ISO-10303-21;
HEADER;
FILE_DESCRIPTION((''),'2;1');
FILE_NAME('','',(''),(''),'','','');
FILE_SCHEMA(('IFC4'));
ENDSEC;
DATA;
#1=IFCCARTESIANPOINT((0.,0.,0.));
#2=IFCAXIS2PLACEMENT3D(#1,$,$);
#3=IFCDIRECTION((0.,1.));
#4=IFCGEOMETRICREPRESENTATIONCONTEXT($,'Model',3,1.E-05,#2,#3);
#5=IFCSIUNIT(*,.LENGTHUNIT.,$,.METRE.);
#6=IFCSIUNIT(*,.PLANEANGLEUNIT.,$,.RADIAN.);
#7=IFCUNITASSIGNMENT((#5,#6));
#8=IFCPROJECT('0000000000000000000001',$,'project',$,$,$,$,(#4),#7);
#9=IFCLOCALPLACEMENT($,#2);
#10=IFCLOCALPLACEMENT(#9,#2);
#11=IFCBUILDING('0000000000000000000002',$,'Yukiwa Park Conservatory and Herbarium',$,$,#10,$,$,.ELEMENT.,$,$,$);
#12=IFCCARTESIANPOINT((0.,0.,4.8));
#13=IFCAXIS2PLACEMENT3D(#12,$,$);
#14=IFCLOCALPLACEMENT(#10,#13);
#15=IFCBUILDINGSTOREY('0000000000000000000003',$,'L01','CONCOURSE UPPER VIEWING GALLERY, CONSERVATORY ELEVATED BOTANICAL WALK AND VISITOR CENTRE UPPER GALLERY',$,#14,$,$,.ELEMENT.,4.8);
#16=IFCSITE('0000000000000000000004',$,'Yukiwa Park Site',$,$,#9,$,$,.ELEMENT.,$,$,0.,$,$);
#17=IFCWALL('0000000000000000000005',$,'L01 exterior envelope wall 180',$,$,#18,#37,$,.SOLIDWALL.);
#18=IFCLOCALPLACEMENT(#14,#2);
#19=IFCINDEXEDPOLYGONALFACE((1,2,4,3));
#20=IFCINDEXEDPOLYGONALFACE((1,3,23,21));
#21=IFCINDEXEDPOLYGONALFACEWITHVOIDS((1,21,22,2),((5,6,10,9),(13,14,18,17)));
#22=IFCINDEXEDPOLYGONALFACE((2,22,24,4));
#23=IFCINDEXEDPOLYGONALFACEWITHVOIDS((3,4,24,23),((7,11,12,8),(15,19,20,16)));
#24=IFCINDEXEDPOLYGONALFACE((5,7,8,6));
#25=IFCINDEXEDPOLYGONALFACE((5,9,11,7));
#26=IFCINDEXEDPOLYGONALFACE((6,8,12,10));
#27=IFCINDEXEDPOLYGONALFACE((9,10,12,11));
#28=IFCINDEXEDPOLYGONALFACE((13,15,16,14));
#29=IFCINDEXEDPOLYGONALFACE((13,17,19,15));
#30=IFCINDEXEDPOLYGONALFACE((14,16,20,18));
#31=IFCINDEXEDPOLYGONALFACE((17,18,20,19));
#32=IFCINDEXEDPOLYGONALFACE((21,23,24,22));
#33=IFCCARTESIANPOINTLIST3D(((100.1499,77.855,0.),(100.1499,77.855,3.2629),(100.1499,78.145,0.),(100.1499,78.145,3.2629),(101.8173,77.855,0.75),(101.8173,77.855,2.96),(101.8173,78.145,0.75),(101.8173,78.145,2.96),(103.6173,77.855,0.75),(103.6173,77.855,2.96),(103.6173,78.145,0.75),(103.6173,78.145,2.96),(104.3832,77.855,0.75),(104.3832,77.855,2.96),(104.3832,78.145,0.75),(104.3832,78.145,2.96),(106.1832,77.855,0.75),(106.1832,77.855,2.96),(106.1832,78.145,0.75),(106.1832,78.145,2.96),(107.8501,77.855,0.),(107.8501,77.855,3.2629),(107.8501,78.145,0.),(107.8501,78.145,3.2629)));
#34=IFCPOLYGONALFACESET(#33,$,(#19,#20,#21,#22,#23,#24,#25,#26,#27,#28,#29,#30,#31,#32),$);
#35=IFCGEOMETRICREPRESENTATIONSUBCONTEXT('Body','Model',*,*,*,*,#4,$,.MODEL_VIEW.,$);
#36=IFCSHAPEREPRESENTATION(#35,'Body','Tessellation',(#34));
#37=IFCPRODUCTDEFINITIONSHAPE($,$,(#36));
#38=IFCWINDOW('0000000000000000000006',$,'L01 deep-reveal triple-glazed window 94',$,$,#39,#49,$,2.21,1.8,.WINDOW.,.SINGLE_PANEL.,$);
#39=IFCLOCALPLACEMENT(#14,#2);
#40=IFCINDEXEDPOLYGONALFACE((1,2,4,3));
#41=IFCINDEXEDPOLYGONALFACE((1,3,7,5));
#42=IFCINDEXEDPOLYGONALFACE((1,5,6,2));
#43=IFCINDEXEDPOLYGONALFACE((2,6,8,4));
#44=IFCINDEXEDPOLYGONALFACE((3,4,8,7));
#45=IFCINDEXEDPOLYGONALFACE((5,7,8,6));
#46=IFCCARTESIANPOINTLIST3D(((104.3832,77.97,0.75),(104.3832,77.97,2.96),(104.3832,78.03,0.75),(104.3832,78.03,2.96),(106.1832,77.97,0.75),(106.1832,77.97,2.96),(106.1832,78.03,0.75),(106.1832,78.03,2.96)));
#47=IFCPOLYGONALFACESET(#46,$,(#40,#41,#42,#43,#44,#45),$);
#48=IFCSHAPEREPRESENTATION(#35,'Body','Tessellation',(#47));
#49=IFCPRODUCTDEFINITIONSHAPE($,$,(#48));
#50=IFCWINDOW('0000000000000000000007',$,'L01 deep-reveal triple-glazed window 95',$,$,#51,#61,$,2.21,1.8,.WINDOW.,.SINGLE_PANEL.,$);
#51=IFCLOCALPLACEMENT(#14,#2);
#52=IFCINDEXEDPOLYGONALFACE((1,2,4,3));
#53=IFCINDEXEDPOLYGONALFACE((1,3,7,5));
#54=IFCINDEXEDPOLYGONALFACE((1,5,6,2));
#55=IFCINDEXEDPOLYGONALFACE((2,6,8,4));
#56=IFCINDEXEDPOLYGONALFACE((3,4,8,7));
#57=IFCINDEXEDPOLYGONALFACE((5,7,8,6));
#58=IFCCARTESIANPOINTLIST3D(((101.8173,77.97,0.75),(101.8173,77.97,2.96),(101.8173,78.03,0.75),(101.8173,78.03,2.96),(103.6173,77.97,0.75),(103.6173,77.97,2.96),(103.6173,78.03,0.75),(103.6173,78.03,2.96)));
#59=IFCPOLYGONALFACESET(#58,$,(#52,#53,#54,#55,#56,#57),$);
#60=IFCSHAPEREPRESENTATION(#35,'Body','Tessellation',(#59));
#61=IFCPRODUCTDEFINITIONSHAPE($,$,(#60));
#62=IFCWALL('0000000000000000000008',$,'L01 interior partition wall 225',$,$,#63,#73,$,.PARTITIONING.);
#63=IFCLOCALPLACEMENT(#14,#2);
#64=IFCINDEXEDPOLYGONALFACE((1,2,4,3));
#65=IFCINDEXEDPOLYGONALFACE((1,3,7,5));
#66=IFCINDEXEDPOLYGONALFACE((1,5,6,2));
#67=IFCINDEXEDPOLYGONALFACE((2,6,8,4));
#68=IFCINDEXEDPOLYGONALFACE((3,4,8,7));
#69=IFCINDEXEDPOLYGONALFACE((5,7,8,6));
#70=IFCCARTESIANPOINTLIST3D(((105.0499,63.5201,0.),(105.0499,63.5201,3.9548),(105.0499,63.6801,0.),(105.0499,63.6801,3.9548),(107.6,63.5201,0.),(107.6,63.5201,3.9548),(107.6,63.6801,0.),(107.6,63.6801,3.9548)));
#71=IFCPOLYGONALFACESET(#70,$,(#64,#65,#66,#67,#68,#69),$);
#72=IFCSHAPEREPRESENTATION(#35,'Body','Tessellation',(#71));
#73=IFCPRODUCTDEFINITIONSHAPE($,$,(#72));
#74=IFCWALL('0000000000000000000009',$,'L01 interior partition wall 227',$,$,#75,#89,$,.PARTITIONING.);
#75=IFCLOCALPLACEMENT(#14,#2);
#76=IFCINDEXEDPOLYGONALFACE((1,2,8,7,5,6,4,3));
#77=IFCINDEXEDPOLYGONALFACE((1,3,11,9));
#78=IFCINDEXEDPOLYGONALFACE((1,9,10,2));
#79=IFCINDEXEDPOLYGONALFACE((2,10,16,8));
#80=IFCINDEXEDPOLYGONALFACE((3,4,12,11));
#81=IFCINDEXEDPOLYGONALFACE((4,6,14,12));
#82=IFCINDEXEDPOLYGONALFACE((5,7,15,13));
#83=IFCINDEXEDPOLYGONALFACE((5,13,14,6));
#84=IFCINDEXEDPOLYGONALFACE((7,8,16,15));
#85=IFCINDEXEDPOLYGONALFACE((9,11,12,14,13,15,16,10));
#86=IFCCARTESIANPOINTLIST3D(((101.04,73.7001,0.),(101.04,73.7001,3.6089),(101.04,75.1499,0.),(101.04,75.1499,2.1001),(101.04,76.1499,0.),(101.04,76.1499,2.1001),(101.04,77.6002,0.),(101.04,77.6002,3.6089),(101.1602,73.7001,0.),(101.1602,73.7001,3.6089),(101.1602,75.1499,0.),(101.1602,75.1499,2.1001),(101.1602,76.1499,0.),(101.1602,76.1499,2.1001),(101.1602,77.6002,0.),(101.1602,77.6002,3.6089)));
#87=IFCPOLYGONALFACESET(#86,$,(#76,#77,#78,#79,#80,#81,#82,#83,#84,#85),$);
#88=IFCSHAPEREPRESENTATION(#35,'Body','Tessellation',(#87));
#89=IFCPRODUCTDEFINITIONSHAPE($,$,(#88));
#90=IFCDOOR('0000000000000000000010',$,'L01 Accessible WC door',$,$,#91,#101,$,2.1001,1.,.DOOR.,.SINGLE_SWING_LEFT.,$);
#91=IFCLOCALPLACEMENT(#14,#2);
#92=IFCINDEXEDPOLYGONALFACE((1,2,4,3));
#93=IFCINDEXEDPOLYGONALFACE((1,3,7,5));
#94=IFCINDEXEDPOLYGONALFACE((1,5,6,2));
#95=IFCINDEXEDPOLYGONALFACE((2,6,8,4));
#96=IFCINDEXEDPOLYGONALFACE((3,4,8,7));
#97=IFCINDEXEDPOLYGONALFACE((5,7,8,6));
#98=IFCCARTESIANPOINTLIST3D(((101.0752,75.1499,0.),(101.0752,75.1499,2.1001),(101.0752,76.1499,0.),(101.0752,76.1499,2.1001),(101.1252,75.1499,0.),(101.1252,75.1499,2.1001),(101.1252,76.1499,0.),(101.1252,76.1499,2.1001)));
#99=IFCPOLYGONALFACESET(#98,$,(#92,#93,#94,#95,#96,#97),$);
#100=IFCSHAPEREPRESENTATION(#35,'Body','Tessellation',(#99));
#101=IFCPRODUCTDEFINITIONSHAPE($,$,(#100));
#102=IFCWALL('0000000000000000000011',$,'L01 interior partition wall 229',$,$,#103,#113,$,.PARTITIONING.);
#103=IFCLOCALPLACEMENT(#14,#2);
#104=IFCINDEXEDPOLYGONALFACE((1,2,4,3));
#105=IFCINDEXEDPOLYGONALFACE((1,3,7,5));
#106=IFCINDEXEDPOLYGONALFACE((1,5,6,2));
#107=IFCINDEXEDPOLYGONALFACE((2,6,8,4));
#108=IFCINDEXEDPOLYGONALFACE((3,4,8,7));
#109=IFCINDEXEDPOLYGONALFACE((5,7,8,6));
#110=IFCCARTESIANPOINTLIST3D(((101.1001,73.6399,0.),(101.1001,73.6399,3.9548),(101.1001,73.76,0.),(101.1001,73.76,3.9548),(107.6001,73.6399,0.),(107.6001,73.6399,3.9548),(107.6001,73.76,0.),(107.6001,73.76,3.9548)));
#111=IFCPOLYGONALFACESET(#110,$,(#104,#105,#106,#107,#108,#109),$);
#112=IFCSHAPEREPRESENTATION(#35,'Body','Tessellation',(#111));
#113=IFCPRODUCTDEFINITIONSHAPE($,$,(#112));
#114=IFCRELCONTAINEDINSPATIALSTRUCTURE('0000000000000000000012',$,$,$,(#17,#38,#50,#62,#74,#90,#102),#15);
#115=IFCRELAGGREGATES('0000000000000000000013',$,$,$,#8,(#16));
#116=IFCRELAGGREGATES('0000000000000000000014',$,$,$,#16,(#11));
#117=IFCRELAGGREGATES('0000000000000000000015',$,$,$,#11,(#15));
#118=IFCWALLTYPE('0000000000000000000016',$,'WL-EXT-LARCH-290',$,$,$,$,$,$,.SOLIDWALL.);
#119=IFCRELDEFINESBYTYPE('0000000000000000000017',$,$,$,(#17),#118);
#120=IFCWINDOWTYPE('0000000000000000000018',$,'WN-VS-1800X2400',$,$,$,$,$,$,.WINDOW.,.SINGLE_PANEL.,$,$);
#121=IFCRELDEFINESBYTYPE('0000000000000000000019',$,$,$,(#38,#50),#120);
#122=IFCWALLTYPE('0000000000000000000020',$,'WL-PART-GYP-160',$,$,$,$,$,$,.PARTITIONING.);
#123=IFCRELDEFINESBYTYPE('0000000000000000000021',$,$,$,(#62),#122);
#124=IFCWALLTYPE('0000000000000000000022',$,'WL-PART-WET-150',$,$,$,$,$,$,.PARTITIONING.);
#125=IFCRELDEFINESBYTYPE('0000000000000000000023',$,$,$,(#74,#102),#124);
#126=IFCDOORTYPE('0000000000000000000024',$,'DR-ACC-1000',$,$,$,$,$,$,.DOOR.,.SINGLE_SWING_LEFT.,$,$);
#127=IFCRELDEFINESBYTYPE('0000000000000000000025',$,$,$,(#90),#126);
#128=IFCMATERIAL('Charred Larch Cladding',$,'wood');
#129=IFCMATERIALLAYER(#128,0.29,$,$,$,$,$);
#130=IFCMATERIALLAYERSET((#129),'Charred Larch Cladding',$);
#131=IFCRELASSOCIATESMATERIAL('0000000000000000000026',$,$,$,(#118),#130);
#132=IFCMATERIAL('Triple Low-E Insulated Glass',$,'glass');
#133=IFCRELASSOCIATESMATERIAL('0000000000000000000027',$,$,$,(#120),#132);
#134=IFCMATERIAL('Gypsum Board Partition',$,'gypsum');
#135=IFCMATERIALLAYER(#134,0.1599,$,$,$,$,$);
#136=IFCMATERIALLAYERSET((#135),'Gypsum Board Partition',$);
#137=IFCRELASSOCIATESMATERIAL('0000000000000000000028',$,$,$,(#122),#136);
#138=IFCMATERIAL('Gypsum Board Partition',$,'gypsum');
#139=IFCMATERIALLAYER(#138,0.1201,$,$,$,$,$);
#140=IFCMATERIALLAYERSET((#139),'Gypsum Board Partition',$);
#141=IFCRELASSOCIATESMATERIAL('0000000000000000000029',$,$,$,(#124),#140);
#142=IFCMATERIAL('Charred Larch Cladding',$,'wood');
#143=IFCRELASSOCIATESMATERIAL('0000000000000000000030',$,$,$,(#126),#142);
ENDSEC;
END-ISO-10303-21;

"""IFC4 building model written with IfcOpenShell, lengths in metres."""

from ifc_helpers import new_model, si_unit, direction, frame, frame_2d, origin, place, context, subcontext, project, spatial, rectangle, extrude, material, layer, layer_set, type_object, element, fill, save


model = new_model("IFC4")

# Units and contexts
model_context = context("Model", 3, precision=1e-05, world=origin(), true_north=direction((0.0, 1.0)))
body_context = subcontext(model_context, "Body", "Model", "MODEL_VIEW")
ifc_project = project(units=[si_unit("LENGTHUNIT", "METRE"), si_unit("PLANEANGLEUNIT", "RADIAN")], contexts=[model_context])

# Site, building, storey
site_placement = place(None, origin())
site = spatial("IfcSite", under=ifc_project, at=site_placement, Name="Yukiwa Park Site", CompositionType="ELEMENT", RefElevation=0.0)
building_placement = place(site_placement, origin())
building = spatial("IfcBuilding", under=site, at=building_placement, Name="Yukiwa Park Conservatory and Herbarium", CompositionType="ELEMENT")
storey_placement = place(building_placement, frame((0.0, 0.0, 4.8)))
storey = spatial("IfcBuildingStorey", under=building, at=storey_placement, Name="L01", Description="CONCOURSE UPPER VIEWING GALLERY, CONSERVATORY ELEVATED BOTANICAL WALK AND VISITOR CENTRE UPPER GALLERY", CompositionType="ELEMENT", Elevation=4.8)

# Shared definitions
ifc_material_1 = material(Name="Charred Larch Cladding", Category="wood")
ifc_layer_1 = layer(ifc_material_1, 0.29)
ifc_layer_set_1 = layer_set([ifc_layer_1], Name="Charred Larch Cladding")
wall_type_1 = type_object("IfcWallType", Name="WL-EXT-LARCH-290", PredefinedType="SOLIDWALL", material=ifc_layer_set_1)

# Wall, openings, windows
wall_1_placement = place(storey_placement, frame((107.8501, 78.0, 0.0), z_axis=(0.0, 0.0, 1.0), x_axis=(-1.0, 0.0, 0.0)))
wall_1 = element("IfcWall", 1, at=wall_1_placement, inside=storey, type_object=wall_type_1, Name="L01 exterior envelope wall 180", PredefinedType="SOLIDWALL", context=body_context, shape_type="SweptSolid", body=[
    extrude(rectangle(XDim=7.7002, YDim=0.29, at=frame_2d((3.8501, 0.0))), origin(), (0.0, 0.0, 1.0), 3.2629),
])
opening_1_placement = place(wall_1_placement, frame((1.667, 0.0, 0.75)))
opening_1 = element("IfcOpeningElement", 2, at=opening_1_placement, cuts=wall_1, PredefinedType="OPENING", context=body_context, shape_type="SweptSolid", body=[
    extrude(rectangle(XDim=1.8, YDim=2.21, at=frame_2d((0.8999, 1.105))), frame((0.0, 0.155, 0.0), z_axis=(0.0, -1.0, 0.0), x_axis=(1.0, 0.0, 0.0)), (0.0, 0.0, 1.0), 0.3101),
])
opening_2_placement = place(wall_1_placement, frame((4.2329, 0.0, 0.75)))
opening_2 = element("IfcOpeningElement", 3, at=opening_2_placement, cuts=wall_1, PredefinedType="OPENING", context=body_context, shape_type="SweptSolid", body=[
    extrude(rectangle(XDim=1.8, YDim=2.21, at=frame_2d((0.8999, 1.105))), frame((0.0, 0.155, 0.0), z_axis=(0.0, -1.0, 0.0), x_axis=(1.0, 0.0, 0.0)), (0.0, 0.0, 1.0), 0.3101),
])
ifc_material_2 = material(Name="Triple Low-E Insulated Glass", Category="glass")
window_type_1 = type_object("IfcWindowType", Name="WN-VS-1800X2400", PartitioningType="SINGLE_PANEL", PredefinedType="WINDOW", material=ifc_material_2)
window_1_placement = place(opening_1_placement, origin())
window_1 = element("IfcWindow", 4, at=window_1_placement, inside=storey, type_object=window_type_1, Name="L01 deep-reveal triple-glazed window 94", OverallHeight=2.21, OverallWidth=1.8, PartitioningType="SINGLE_PANEL", PredefinedType="WINDOW", context=body_context, shape_type="SweptSolid", body=[
    extrude(rectangle(XDim=1.8, YDim=2.21, at=frame_2d((0.8999, 1.105))), frame((0.0, 0.03, 0.0), z_axis=(0.0, -1.0, 0.0), x_axis=(1.0, 0.0, 0.0)), (0.0, 0.0, 1.0), 0.0601),
])
fill(opening_1, window_1)
window_2_placement = place(opening_2_placement, origin())
window_2 = element("IfcWindow", 5, at=window_2_placement, inside=storey, type_object=window_type_1, Name="L01 deep-reveal triple-glazed window 95", OverallHeight=2.21, OverallWidth=1.8, PartitioningType="SINGLE_PANEL", PredefinedType="WINDOW", context=body_context, shape_type="SweptSolid", body=[
    extrude(rectangle(XDim=1.8, YDim=2.21, at=frame_2d((0.8999, 1.105))), frame((0.0, 0.03, 0.0), z_axis=(0.0, -1.0, 0.0), x_axis=(1.0, 0.0, 0.0)), (0.0, 0.0, 1.0), 0.0601),
])
fill(opening_2, window_2)

# Wall
ifc_material_3 = material(Name="Gypsum Board Partition", Category="gypsum")
ifc_layer_2 = layer(ifc_material_3, 0.1599)
ifc_layer_set_2 = layer_set([ifc_layer_2], Name="Gypsum Board Partition")
wall_type_2 = type_object("IfcWallType", Name="WL-PART-GYP-160", PredefinedType="PARTITIONING", material=ifc_layer_set_2)
wall_2_placement = place(storey_placement, frame((105.05, 63.6001, 0.0), z_axis=(0.0, 0.0, 1.0), x_axis=(1.0, 0.0, 0.0)))
element("IfcWall", 6, at=wall_2_placement, inside=storey, type_object=wall_type_2, Name="L01 interior partition wall 225", PredefinedType="PARTITIONING", context=body_context, shape_type="SweptSolid", body=[
    extrude(rectangle(XDim=2.55, YDim=0.1599, at=frame_2d((1.2749, 0.0))), origin(), (0.0, 0.0, 1.0), 3.9548),
])

# Wall, opening, door
ifc_material_4 = material(Name="Gypsum Board Partition", Category="gypsum")
ifc_layer_3 = layer(ifc_material_4, 0.1201)
ifc_layer_set_3 = layer_set([ifc_layer_3], Name="Gypsum Board Partition")
wall_type_3 = type_object("IfcWallType", Name="WL-PART-WET-150", PredefinedType="PARTITIONING", material=ifc_layer_set_3)
wall_3_placement = place(storey_placement, frame((101.1001, 73.7, 0.0), z_axis=(0.0, 0.0, 1.0), x_axis=(0.0, 1.0, 0.0)))
wall_3 = element("IfcWall", 7, at=wall_3_placement, inside=storey, type_object=wall_type_3, Name="L01 interior partition wall 227", PredefinedType="PARTITIONING", context=body_context, shape_type="SweptSolid", body=[
    extrude(rectangle(XDim=3.9001, YDim=0.1201, at=frame_2d((1.9502, 0.0))), origin(), (0.0, 0.0, 1.0), 3.6089),
])
opening_3_placement = place(wall_3_placement, frame((1.45, 0.0, 0.0)))
opening_3 = element("IfcOpeningElement", 8, at=opening_3_placement, cuts=wall_3, PredefinedType="OPENING", context=body_context, shape_type="SweptSolid", body=[
    extrude(rectangle(XDim=1.0, YDim=2.1001, at=frame_2d((0.5, 1.05))), frame((0.0, 0.0701, 0.0), z_axis=(0.0, -1.0, 0.0), x_axis=(1.0, 0.0, 0.0)), (0.0, 0.0, 1.0), 0.1401),
])
ifc_material_5 = material(Name="Charred Larch Cladding", Category="wood")
door_type = type_object("IfcDoorType", Name="DR-ACC-1000", OperationType="SINGLE_SWING_LEFT", PredefinedType="DOOR", material=ifc_material_5)
door_placement = place(opening_3_placement, origin())
door = element("IfcDoor", 9, at=door_placement, inside=storey, type_object=door_type, Name="L01 Accessible WC door", OperationType="SINGLE_SWING_LEFT", OverallHeight=2.1001, OverallWidth=1.0, PredefinedType="DOOR", context=body_context, shape_type="SweptSolid", body=[
    extrude(rectangle(XDim=1.0, YDim=2.1001, at=frame_2d((0.5, 1.05))), frame((0.0, 0.0249, 0.0), z_axis=(0.0, -1.0, 0.0), x_axis=(1.0, 0.0, 0.0)), (0.0, 0.0, 1.0), 0.05),
])
fill(opening_3, door)

# Wall
wall_4_placement = place(storey_placement, frame((101.1001, 73.7, 0.0), z_axis=(0.0, 0.0, 1.0), x_axis=(1.0, 0.0, 0.0)))
element("IfcWall", 10, at=wall_4_placement, inside=storey, type_object=wall_type_3, Name="L01 interior partition wall 229", PredefinedType="PARTITIONING", context=body_context, shape_type="SweptSolid", body=[
    extrude(rectangle(XDim=6.5, YDim=0.1201, at=frame_2d((3.25, 0.0))), origin(), (0.0, 0.0, 1.0), 3.9548),
])

save(model, "model.ifc")
